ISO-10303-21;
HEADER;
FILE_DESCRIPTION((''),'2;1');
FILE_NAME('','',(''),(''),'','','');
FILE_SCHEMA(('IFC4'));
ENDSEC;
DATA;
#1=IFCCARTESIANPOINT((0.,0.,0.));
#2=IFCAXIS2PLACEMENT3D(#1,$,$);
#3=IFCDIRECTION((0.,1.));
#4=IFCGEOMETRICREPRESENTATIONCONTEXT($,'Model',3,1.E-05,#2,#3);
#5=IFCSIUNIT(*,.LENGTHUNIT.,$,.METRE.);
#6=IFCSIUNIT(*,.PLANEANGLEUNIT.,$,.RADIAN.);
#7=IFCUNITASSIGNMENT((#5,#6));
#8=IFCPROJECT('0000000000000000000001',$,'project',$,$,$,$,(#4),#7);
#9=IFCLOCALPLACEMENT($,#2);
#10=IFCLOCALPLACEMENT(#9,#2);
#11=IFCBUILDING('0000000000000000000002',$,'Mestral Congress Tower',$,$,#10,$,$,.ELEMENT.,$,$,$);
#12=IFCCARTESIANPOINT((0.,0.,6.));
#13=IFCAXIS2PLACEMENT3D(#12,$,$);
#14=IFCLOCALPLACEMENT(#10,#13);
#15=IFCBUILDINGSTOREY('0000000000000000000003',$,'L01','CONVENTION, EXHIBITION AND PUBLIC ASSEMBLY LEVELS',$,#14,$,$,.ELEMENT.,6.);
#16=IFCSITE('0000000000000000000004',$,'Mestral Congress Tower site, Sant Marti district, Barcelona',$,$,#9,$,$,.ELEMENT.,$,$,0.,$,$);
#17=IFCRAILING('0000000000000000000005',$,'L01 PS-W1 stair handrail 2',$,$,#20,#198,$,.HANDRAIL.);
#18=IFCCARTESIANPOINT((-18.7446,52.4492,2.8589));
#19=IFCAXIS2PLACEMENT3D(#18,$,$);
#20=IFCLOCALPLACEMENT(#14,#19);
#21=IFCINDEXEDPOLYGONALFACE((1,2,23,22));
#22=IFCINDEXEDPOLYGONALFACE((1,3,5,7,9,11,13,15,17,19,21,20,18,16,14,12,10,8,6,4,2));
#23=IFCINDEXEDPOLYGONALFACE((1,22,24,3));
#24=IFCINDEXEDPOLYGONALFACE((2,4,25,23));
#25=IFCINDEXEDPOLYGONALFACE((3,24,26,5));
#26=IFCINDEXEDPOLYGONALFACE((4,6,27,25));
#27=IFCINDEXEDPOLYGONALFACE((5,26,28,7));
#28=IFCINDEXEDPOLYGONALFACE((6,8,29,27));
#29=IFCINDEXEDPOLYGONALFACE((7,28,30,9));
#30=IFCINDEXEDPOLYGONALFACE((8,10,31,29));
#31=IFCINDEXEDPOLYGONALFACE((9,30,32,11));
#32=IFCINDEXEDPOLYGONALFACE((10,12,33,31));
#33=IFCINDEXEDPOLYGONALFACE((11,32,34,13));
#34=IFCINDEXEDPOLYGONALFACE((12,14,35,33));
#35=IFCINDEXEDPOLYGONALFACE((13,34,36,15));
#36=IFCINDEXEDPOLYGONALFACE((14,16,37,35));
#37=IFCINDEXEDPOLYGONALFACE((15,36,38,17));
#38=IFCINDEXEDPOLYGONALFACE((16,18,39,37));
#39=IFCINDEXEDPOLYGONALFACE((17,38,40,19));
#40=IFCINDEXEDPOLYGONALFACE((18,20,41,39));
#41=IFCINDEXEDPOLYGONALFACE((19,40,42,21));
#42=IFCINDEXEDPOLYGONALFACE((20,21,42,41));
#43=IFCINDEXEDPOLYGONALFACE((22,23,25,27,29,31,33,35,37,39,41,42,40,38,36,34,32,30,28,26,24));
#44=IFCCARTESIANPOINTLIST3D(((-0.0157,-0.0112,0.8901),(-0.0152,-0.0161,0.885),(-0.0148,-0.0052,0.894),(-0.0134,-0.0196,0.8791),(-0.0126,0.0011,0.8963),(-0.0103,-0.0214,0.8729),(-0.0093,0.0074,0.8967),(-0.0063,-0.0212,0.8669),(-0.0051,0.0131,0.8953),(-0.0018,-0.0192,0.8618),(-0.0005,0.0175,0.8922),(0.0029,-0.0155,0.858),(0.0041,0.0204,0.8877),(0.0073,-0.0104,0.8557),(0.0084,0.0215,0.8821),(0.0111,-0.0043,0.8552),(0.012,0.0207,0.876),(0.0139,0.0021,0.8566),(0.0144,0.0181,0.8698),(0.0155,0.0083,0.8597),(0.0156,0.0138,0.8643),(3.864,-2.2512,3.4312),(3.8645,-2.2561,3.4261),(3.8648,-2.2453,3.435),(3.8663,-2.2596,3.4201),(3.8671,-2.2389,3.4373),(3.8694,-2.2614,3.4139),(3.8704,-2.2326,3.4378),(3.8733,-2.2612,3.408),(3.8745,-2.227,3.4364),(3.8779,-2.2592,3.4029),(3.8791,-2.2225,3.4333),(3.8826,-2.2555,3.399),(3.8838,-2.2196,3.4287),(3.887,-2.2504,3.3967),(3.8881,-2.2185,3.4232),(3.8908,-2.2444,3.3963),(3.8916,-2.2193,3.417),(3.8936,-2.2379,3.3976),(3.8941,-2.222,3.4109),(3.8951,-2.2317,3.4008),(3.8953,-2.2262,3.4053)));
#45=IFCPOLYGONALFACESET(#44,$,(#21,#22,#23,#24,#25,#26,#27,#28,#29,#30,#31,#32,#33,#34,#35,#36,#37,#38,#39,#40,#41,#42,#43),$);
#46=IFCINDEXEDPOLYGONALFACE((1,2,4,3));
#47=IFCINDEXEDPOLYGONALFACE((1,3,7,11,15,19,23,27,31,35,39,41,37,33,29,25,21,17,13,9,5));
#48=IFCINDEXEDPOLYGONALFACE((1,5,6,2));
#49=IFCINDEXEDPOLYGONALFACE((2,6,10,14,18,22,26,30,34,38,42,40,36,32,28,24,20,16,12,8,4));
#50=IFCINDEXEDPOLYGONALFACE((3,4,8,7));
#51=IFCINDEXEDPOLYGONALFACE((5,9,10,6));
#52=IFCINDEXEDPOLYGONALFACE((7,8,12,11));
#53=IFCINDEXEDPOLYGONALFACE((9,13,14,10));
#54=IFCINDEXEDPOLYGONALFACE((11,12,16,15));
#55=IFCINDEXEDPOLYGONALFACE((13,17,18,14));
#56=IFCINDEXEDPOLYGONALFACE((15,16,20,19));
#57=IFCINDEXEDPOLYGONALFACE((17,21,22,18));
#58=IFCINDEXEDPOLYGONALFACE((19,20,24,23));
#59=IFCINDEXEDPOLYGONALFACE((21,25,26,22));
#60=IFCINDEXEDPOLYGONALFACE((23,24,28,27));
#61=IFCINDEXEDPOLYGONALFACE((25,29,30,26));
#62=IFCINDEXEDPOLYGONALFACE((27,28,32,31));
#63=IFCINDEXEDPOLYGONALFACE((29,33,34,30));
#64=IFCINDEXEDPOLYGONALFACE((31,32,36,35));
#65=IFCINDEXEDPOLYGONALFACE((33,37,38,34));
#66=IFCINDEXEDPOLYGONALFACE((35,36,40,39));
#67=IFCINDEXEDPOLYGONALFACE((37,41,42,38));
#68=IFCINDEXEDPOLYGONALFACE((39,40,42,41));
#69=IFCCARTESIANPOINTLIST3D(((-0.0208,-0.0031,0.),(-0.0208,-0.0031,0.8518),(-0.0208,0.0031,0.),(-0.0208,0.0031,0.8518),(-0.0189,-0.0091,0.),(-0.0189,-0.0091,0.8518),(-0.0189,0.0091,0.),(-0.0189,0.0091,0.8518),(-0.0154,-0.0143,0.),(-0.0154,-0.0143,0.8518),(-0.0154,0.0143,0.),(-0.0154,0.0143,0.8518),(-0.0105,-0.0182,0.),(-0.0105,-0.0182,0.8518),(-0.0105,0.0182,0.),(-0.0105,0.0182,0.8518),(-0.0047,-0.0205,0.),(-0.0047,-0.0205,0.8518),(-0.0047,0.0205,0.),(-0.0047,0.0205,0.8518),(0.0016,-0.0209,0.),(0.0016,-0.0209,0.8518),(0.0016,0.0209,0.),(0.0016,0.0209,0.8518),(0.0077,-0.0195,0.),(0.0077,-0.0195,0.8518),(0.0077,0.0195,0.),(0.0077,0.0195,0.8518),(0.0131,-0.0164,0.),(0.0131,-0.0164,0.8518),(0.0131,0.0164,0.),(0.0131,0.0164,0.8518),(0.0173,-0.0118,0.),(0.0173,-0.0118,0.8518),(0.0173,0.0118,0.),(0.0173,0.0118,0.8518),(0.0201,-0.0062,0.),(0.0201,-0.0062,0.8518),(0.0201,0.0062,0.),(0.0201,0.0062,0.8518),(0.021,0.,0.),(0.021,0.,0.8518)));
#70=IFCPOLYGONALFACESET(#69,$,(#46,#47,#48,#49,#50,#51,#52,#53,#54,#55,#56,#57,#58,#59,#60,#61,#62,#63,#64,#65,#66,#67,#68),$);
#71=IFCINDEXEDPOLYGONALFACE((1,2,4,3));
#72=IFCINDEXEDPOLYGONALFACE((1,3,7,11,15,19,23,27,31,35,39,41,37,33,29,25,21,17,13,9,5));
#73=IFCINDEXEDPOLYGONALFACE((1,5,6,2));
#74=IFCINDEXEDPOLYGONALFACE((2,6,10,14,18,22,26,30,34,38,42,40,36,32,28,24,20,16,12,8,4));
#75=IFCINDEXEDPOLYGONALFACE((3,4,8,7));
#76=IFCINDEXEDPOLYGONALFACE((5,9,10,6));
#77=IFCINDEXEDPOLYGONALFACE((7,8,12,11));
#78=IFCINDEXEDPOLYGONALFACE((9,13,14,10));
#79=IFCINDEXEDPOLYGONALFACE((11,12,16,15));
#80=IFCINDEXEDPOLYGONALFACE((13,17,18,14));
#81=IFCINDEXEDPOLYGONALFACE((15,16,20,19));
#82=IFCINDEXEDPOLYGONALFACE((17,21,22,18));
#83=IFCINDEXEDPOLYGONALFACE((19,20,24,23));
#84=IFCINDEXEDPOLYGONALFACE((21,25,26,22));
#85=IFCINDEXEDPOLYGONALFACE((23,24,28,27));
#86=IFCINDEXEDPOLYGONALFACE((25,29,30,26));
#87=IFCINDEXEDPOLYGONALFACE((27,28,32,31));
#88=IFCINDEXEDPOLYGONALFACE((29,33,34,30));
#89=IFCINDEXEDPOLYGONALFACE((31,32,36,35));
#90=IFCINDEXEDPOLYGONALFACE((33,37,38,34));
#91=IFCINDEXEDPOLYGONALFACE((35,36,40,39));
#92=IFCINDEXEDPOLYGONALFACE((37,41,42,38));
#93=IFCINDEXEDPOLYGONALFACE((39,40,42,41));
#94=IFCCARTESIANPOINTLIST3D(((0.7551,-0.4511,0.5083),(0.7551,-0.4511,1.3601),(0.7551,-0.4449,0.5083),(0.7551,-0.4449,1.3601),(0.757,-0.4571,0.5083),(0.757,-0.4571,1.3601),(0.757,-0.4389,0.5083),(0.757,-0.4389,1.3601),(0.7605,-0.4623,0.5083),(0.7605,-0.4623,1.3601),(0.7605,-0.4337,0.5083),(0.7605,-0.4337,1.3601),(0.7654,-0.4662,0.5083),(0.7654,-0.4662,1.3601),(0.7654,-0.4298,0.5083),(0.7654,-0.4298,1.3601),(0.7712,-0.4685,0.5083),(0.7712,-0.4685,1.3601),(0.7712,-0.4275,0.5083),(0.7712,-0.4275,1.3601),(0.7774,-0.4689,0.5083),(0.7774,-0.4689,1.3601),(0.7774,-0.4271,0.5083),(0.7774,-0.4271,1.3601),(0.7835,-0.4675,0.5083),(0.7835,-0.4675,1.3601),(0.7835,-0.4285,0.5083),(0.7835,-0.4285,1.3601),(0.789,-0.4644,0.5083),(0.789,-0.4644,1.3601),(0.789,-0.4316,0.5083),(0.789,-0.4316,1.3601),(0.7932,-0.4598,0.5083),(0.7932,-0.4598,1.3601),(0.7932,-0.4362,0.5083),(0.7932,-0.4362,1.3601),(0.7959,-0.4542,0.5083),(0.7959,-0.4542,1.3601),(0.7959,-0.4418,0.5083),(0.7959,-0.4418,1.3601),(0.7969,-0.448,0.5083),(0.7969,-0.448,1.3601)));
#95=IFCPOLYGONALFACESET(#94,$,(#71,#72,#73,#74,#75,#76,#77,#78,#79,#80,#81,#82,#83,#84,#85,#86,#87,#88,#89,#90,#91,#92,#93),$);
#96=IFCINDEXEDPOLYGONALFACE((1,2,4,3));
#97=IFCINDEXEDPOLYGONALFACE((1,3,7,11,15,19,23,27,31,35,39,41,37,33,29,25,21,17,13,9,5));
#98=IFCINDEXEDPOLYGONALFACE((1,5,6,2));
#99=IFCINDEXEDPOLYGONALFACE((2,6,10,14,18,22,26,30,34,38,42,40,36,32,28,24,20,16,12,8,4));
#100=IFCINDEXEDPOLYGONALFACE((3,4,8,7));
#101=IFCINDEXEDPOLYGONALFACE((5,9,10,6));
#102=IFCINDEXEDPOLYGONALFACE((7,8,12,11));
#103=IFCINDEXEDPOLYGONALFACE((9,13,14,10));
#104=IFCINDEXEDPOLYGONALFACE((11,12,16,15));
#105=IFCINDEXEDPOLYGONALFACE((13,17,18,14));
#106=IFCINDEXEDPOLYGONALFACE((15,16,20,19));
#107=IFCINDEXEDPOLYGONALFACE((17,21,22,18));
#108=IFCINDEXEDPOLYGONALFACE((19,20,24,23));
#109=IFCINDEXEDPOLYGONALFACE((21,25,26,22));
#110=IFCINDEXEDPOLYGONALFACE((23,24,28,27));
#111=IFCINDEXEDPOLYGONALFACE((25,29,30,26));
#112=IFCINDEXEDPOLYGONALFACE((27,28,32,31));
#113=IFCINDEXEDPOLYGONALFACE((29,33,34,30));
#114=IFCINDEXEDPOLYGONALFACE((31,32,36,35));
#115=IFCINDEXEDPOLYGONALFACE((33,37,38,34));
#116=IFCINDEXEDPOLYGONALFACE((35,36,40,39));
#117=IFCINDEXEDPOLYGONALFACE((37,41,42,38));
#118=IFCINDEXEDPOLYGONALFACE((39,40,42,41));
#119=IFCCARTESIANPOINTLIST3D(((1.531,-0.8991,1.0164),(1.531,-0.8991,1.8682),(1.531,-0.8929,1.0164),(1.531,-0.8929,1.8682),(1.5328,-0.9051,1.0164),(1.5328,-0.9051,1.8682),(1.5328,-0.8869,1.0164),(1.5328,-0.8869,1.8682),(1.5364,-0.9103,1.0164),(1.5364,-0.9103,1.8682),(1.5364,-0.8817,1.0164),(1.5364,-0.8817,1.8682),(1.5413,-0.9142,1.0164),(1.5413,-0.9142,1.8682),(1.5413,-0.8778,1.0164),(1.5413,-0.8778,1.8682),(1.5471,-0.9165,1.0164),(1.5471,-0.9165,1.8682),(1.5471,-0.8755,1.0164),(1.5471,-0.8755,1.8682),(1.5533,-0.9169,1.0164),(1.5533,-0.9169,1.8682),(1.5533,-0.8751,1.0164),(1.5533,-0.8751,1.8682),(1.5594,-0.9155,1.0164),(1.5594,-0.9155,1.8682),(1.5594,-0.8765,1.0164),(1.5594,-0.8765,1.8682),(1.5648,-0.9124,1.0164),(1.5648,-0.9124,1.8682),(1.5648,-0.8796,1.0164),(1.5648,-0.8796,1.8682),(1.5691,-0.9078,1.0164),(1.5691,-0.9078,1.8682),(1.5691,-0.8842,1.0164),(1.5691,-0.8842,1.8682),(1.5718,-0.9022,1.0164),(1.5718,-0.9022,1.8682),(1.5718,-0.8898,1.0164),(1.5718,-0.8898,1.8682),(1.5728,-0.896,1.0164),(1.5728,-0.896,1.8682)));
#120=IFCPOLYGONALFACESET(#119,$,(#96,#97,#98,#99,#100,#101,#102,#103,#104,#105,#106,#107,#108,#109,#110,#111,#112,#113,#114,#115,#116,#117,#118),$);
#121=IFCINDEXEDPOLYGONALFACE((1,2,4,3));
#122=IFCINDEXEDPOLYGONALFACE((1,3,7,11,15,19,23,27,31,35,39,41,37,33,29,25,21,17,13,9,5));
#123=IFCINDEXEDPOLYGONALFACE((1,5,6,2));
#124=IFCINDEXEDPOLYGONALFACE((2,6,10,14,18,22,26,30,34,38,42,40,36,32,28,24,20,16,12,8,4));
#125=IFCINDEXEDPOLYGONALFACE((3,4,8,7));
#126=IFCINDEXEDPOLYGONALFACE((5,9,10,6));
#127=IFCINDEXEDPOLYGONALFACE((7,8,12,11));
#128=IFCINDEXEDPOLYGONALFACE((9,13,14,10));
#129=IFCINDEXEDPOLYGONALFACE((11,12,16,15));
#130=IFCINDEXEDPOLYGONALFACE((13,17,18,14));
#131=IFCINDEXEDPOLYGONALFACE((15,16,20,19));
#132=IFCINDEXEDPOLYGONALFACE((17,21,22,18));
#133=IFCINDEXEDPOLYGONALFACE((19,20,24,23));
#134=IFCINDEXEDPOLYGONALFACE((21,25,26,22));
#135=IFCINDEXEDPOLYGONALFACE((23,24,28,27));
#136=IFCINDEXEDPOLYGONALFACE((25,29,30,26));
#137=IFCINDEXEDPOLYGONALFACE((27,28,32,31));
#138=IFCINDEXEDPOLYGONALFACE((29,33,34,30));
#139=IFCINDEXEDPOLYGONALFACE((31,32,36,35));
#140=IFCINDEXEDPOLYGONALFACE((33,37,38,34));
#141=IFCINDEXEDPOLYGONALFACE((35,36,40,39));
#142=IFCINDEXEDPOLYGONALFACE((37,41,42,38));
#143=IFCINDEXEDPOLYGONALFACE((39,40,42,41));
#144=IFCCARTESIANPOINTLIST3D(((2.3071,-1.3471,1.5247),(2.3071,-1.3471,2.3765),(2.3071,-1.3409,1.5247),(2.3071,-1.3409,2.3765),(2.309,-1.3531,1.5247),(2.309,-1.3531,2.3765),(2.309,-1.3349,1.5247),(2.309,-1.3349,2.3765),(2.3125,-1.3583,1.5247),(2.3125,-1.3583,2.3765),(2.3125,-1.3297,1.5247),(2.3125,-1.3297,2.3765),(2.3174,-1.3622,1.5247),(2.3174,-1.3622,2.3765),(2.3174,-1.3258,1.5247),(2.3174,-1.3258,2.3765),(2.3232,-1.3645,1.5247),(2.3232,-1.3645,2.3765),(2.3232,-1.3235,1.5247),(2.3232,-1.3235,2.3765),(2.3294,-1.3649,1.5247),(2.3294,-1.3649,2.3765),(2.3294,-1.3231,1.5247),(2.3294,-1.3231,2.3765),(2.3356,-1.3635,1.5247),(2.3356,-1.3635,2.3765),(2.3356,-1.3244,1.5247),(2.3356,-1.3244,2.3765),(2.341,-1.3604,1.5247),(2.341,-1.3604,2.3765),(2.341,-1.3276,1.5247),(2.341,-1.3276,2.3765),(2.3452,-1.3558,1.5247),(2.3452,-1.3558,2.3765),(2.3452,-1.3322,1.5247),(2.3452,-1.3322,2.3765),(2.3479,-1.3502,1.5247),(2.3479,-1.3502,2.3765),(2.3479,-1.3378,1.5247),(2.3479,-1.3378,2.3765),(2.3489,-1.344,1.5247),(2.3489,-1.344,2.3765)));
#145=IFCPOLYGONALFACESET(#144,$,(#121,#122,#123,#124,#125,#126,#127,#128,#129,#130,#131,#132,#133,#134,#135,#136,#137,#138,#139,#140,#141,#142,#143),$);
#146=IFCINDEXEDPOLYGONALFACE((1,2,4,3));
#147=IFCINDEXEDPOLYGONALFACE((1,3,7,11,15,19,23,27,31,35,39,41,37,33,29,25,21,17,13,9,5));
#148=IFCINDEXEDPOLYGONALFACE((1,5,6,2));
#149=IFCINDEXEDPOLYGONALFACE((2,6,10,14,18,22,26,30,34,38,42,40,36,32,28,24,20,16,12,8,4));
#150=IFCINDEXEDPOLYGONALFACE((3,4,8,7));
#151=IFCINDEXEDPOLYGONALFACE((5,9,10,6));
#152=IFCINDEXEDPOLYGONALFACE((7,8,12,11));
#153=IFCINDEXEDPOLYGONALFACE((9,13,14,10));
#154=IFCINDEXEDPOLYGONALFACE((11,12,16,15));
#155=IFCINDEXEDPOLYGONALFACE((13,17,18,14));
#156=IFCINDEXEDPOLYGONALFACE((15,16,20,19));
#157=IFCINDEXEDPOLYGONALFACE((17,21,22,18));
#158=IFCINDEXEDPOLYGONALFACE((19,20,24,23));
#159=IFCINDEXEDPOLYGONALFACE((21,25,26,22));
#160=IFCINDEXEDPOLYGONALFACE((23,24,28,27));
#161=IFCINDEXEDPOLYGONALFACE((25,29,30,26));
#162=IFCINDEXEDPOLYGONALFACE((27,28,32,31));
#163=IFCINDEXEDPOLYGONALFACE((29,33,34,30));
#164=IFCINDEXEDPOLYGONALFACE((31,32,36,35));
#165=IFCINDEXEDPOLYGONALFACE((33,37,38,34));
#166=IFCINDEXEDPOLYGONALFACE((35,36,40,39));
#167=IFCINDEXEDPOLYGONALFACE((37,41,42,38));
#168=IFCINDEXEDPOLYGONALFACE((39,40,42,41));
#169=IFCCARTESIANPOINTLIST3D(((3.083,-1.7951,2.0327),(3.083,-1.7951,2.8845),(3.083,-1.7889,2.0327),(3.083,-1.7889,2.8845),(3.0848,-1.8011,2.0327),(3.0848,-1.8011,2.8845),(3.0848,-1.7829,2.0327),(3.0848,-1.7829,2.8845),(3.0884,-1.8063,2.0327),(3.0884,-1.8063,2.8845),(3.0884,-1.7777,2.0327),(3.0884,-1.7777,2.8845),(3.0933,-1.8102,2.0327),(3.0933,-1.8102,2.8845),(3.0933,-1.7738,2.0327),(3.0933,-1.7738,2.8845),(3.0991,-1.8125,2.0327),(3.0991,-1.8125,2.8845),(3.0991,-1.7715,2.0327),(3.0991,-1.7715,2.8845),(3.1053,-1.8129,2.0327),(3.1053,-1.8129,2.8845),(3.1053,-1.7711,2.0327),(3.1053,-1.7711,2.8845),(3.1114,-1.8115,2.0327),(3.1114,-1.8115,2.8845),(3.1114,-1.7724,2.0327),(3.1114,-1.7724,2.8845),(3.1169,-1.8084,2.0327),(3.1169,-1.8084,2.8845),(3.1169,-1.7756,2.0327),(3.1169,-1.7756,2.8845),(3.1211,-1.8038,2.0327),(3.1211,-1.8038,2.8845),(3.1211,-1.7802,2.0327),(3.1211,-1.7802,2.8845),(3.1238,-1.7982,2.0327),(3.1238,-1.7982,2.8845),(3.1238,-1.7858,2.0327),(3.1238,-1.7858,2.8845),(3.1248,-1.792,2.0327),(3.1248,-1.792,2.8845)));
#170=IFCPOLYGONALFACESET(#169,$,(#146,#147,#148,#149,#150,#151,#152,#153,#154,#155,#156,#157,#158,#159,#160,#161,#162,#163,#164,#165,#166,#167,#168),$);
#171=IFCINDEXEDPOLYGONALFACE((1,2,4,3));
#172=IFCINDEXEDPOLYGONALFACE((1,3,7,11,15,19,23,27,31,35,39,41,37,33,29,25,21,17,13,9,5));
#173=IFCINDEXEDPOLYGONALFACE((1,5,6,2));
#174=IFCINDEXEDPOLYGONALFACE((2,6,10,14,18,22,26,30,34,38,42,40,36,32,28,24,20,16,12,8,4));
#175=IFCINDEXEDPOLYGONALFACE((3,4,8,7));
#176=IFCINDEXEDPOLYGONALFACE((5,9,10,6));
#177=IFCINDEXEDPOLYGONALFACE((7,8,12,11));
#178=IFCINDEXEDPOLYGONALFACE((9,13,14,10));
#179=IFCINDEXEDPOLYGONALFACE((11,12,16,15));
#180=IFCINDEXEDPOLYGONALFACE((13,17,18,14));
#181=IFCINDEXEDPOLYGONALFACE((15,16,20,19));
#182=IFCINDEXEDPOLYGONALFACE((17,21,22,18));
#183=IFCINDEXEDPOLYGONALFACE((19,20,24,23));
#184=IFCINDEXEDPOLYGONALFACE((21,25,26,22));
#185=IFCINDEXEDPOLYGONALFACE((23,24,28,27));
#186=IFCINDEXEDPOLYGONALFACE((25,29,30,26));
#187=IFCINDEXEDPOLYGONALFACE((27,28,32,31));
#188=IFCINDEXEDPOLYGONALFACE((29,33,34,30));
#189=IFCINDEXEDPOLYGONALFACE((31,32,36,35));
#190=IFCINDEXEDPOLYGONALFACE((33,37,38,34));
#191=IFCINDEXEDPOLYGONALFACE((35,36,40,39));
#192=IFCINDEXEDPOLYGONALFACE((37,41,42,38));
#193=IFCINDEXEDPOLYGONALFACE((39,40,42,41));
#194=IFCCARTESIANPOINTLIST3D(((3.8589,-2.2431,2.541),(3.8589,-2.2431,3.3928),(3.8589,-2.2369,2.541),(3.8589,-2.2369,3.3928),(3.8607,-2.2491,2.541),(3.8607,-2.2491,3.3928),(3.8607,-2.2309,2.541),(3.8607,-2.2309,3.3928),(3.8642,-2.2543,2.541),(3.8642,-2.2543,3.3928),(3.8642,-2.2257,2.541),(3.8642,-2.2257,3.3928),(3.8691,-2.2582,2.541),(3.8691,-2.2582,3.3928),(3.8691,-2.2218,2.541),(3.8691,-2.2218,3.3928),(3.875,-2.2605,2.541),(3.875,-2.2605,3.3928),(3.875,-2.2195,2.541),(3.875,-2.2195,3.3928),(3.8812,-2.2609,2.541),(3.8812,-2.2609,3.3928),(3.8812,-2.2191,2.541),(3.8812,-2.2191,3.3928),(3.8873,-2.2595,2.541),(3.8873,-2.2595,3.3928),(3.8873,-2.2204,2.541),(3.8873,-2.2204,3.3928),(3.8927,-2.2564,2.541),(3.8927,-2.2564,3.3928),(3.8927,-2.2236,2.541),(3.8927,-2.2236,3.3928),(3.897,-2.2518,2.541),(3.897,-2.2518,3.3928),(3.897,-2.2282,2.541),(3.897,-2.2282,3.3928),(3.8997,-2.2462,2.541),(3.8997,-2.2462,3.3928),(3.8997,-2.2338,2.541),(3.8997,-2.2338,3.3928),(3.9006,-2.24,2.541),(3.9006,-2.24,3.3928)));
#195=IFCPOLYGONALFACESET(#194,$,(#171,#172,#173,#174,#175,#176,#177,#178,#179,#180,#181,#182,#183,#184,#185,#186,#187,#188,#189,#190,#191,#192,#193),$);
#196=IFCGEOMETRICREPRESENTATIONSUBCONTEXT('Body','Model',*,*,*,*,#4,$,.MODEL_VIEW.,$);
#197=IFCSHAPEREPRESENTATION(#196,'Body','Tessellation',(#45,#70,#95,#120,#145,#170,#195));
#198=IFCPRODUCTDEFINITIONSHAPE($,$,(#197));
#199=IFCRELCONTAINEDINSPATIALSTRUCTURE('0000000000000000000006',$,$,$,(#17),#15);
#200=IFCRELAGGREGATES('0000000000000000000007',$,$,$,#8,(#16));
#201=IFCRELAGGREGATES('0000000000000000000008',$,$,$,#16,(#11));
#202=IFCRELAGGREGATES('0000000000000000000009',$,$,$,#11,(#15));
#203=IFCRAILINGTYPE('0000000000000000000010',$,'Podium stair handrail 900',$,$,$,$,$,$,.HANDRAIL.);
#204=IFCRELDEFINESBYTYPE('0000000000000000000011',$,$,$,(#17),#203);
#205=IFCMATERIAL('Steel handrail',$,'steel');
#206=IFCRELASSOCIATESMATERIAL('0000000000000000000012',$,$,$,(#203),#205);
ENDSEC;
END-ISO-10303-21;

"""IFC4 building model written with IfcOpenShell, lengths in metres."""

from ifc_helpers import new_model, si_unit, direction, frame, origin, origin_2d, place, context, subcontext, project, spatial, circle, extrude, material, type_object, element, save


model = new_model("IFC4")

# Units and contexts
model_context = context("Model", 3, precision=1e-05, world=origin(), true_north=direction((0.0, 1.0)))
body_context = subcontext(model_context, "Body", "Model", "MODEL_VIEW")
ifc_project = project(units=[si_unit("LENGTHUNIT", "METRE"), si_unit("PLANEANGLEUNIT", "RADIAN")], contexts=[model_context])

# Site, building, storey
site_placement = place(None, origin())
site = spatial("IfcSite", under=ifc_project, at=site_placement, Name="Mestral Congress Tower site, Sant Marti district, Barcelona", CompositionType="ELEMENT", RefElevation=0.0)
building_placement = place(site_placement, origin())
building = spatial("IfcBuilding", under=site, at=building_placement, Name="Mestral Congress Tower", CompositionType="ELEMENT")
storey_placement = place(building_placement, frame((0.0, 0.0, 6.0)))
storey = spatial("IfcBuildingStorey", under=building, at=storey_placement, Name="L01", Description="CONVENTION, EXHIBITION AND PUBLIC ASSEMBLY LEVELS", CompositionType="ELEMENT", Elevation=6.0)

# Railing
ifc_material_1 = material(Name="Steel handrail", Category="steel")
railing_type_1 = type_object("IfcRailingType", Name="Podium stair handrail 900", PredefinedType="HANDRAIL", material=ifc_material_1)
railing_1_placement = place(storey_placement, frame((-18.7446, 52.4492, 2.8589)))
element("IfcRailing", 1, at=railing_1_placement, inside=storey, type_object=railing_type_1, Name="L01 PS-W1 stair handrail 2", PredefinedType="HANDRAIL", context=body_context, shape_type="SweptSolid", body=[
    extrude(circle(Radius=0.0239, at=origin_2d()), frame((0.0, 0.0, 0.876), z_axis=(0.753279, -0.434922, 0.493369), x_axis=(0.500013, 0.866018, 0.0)), (0.0, 0.0, 1.0), 5.1504),
    extrude(circle(Radius=0.021, at=origin_2d()), origin(), (0.0, 0.0, 1.0), 0.8518),
    extrude(circle(Radius=0.021, at=origin_2d()), frame((0.7759, -0.448, 0.5083)), (0.0, 0.0, 1.0), 0.8518),
    extrude(circle(Radius=0.021, at=origin_2d()), frame((1.5518, -0.896, 1.0164)), (0.0, 0.0, 1.0), 0.8518),
    extrude(circle(Radius=0.021, at=origin_2d()), frame((2.3279, -1.344, 1.5247)), (0.0, 0.0, 1.0), 0.8518),
    extrude(circle(Radius=0.021, at=origin_2d()), frame((3.1038, -1.792, 2.0327)), (0.0, 0.0, 1.0), 0.8518),
    extrude(circle(Radius=0.021, at=origin_2d()), frame((3.8796, -2.24, 2.541)), (0.0, 0.0, 1.0), 0.8518),
])

save(model, "model.ifc")
